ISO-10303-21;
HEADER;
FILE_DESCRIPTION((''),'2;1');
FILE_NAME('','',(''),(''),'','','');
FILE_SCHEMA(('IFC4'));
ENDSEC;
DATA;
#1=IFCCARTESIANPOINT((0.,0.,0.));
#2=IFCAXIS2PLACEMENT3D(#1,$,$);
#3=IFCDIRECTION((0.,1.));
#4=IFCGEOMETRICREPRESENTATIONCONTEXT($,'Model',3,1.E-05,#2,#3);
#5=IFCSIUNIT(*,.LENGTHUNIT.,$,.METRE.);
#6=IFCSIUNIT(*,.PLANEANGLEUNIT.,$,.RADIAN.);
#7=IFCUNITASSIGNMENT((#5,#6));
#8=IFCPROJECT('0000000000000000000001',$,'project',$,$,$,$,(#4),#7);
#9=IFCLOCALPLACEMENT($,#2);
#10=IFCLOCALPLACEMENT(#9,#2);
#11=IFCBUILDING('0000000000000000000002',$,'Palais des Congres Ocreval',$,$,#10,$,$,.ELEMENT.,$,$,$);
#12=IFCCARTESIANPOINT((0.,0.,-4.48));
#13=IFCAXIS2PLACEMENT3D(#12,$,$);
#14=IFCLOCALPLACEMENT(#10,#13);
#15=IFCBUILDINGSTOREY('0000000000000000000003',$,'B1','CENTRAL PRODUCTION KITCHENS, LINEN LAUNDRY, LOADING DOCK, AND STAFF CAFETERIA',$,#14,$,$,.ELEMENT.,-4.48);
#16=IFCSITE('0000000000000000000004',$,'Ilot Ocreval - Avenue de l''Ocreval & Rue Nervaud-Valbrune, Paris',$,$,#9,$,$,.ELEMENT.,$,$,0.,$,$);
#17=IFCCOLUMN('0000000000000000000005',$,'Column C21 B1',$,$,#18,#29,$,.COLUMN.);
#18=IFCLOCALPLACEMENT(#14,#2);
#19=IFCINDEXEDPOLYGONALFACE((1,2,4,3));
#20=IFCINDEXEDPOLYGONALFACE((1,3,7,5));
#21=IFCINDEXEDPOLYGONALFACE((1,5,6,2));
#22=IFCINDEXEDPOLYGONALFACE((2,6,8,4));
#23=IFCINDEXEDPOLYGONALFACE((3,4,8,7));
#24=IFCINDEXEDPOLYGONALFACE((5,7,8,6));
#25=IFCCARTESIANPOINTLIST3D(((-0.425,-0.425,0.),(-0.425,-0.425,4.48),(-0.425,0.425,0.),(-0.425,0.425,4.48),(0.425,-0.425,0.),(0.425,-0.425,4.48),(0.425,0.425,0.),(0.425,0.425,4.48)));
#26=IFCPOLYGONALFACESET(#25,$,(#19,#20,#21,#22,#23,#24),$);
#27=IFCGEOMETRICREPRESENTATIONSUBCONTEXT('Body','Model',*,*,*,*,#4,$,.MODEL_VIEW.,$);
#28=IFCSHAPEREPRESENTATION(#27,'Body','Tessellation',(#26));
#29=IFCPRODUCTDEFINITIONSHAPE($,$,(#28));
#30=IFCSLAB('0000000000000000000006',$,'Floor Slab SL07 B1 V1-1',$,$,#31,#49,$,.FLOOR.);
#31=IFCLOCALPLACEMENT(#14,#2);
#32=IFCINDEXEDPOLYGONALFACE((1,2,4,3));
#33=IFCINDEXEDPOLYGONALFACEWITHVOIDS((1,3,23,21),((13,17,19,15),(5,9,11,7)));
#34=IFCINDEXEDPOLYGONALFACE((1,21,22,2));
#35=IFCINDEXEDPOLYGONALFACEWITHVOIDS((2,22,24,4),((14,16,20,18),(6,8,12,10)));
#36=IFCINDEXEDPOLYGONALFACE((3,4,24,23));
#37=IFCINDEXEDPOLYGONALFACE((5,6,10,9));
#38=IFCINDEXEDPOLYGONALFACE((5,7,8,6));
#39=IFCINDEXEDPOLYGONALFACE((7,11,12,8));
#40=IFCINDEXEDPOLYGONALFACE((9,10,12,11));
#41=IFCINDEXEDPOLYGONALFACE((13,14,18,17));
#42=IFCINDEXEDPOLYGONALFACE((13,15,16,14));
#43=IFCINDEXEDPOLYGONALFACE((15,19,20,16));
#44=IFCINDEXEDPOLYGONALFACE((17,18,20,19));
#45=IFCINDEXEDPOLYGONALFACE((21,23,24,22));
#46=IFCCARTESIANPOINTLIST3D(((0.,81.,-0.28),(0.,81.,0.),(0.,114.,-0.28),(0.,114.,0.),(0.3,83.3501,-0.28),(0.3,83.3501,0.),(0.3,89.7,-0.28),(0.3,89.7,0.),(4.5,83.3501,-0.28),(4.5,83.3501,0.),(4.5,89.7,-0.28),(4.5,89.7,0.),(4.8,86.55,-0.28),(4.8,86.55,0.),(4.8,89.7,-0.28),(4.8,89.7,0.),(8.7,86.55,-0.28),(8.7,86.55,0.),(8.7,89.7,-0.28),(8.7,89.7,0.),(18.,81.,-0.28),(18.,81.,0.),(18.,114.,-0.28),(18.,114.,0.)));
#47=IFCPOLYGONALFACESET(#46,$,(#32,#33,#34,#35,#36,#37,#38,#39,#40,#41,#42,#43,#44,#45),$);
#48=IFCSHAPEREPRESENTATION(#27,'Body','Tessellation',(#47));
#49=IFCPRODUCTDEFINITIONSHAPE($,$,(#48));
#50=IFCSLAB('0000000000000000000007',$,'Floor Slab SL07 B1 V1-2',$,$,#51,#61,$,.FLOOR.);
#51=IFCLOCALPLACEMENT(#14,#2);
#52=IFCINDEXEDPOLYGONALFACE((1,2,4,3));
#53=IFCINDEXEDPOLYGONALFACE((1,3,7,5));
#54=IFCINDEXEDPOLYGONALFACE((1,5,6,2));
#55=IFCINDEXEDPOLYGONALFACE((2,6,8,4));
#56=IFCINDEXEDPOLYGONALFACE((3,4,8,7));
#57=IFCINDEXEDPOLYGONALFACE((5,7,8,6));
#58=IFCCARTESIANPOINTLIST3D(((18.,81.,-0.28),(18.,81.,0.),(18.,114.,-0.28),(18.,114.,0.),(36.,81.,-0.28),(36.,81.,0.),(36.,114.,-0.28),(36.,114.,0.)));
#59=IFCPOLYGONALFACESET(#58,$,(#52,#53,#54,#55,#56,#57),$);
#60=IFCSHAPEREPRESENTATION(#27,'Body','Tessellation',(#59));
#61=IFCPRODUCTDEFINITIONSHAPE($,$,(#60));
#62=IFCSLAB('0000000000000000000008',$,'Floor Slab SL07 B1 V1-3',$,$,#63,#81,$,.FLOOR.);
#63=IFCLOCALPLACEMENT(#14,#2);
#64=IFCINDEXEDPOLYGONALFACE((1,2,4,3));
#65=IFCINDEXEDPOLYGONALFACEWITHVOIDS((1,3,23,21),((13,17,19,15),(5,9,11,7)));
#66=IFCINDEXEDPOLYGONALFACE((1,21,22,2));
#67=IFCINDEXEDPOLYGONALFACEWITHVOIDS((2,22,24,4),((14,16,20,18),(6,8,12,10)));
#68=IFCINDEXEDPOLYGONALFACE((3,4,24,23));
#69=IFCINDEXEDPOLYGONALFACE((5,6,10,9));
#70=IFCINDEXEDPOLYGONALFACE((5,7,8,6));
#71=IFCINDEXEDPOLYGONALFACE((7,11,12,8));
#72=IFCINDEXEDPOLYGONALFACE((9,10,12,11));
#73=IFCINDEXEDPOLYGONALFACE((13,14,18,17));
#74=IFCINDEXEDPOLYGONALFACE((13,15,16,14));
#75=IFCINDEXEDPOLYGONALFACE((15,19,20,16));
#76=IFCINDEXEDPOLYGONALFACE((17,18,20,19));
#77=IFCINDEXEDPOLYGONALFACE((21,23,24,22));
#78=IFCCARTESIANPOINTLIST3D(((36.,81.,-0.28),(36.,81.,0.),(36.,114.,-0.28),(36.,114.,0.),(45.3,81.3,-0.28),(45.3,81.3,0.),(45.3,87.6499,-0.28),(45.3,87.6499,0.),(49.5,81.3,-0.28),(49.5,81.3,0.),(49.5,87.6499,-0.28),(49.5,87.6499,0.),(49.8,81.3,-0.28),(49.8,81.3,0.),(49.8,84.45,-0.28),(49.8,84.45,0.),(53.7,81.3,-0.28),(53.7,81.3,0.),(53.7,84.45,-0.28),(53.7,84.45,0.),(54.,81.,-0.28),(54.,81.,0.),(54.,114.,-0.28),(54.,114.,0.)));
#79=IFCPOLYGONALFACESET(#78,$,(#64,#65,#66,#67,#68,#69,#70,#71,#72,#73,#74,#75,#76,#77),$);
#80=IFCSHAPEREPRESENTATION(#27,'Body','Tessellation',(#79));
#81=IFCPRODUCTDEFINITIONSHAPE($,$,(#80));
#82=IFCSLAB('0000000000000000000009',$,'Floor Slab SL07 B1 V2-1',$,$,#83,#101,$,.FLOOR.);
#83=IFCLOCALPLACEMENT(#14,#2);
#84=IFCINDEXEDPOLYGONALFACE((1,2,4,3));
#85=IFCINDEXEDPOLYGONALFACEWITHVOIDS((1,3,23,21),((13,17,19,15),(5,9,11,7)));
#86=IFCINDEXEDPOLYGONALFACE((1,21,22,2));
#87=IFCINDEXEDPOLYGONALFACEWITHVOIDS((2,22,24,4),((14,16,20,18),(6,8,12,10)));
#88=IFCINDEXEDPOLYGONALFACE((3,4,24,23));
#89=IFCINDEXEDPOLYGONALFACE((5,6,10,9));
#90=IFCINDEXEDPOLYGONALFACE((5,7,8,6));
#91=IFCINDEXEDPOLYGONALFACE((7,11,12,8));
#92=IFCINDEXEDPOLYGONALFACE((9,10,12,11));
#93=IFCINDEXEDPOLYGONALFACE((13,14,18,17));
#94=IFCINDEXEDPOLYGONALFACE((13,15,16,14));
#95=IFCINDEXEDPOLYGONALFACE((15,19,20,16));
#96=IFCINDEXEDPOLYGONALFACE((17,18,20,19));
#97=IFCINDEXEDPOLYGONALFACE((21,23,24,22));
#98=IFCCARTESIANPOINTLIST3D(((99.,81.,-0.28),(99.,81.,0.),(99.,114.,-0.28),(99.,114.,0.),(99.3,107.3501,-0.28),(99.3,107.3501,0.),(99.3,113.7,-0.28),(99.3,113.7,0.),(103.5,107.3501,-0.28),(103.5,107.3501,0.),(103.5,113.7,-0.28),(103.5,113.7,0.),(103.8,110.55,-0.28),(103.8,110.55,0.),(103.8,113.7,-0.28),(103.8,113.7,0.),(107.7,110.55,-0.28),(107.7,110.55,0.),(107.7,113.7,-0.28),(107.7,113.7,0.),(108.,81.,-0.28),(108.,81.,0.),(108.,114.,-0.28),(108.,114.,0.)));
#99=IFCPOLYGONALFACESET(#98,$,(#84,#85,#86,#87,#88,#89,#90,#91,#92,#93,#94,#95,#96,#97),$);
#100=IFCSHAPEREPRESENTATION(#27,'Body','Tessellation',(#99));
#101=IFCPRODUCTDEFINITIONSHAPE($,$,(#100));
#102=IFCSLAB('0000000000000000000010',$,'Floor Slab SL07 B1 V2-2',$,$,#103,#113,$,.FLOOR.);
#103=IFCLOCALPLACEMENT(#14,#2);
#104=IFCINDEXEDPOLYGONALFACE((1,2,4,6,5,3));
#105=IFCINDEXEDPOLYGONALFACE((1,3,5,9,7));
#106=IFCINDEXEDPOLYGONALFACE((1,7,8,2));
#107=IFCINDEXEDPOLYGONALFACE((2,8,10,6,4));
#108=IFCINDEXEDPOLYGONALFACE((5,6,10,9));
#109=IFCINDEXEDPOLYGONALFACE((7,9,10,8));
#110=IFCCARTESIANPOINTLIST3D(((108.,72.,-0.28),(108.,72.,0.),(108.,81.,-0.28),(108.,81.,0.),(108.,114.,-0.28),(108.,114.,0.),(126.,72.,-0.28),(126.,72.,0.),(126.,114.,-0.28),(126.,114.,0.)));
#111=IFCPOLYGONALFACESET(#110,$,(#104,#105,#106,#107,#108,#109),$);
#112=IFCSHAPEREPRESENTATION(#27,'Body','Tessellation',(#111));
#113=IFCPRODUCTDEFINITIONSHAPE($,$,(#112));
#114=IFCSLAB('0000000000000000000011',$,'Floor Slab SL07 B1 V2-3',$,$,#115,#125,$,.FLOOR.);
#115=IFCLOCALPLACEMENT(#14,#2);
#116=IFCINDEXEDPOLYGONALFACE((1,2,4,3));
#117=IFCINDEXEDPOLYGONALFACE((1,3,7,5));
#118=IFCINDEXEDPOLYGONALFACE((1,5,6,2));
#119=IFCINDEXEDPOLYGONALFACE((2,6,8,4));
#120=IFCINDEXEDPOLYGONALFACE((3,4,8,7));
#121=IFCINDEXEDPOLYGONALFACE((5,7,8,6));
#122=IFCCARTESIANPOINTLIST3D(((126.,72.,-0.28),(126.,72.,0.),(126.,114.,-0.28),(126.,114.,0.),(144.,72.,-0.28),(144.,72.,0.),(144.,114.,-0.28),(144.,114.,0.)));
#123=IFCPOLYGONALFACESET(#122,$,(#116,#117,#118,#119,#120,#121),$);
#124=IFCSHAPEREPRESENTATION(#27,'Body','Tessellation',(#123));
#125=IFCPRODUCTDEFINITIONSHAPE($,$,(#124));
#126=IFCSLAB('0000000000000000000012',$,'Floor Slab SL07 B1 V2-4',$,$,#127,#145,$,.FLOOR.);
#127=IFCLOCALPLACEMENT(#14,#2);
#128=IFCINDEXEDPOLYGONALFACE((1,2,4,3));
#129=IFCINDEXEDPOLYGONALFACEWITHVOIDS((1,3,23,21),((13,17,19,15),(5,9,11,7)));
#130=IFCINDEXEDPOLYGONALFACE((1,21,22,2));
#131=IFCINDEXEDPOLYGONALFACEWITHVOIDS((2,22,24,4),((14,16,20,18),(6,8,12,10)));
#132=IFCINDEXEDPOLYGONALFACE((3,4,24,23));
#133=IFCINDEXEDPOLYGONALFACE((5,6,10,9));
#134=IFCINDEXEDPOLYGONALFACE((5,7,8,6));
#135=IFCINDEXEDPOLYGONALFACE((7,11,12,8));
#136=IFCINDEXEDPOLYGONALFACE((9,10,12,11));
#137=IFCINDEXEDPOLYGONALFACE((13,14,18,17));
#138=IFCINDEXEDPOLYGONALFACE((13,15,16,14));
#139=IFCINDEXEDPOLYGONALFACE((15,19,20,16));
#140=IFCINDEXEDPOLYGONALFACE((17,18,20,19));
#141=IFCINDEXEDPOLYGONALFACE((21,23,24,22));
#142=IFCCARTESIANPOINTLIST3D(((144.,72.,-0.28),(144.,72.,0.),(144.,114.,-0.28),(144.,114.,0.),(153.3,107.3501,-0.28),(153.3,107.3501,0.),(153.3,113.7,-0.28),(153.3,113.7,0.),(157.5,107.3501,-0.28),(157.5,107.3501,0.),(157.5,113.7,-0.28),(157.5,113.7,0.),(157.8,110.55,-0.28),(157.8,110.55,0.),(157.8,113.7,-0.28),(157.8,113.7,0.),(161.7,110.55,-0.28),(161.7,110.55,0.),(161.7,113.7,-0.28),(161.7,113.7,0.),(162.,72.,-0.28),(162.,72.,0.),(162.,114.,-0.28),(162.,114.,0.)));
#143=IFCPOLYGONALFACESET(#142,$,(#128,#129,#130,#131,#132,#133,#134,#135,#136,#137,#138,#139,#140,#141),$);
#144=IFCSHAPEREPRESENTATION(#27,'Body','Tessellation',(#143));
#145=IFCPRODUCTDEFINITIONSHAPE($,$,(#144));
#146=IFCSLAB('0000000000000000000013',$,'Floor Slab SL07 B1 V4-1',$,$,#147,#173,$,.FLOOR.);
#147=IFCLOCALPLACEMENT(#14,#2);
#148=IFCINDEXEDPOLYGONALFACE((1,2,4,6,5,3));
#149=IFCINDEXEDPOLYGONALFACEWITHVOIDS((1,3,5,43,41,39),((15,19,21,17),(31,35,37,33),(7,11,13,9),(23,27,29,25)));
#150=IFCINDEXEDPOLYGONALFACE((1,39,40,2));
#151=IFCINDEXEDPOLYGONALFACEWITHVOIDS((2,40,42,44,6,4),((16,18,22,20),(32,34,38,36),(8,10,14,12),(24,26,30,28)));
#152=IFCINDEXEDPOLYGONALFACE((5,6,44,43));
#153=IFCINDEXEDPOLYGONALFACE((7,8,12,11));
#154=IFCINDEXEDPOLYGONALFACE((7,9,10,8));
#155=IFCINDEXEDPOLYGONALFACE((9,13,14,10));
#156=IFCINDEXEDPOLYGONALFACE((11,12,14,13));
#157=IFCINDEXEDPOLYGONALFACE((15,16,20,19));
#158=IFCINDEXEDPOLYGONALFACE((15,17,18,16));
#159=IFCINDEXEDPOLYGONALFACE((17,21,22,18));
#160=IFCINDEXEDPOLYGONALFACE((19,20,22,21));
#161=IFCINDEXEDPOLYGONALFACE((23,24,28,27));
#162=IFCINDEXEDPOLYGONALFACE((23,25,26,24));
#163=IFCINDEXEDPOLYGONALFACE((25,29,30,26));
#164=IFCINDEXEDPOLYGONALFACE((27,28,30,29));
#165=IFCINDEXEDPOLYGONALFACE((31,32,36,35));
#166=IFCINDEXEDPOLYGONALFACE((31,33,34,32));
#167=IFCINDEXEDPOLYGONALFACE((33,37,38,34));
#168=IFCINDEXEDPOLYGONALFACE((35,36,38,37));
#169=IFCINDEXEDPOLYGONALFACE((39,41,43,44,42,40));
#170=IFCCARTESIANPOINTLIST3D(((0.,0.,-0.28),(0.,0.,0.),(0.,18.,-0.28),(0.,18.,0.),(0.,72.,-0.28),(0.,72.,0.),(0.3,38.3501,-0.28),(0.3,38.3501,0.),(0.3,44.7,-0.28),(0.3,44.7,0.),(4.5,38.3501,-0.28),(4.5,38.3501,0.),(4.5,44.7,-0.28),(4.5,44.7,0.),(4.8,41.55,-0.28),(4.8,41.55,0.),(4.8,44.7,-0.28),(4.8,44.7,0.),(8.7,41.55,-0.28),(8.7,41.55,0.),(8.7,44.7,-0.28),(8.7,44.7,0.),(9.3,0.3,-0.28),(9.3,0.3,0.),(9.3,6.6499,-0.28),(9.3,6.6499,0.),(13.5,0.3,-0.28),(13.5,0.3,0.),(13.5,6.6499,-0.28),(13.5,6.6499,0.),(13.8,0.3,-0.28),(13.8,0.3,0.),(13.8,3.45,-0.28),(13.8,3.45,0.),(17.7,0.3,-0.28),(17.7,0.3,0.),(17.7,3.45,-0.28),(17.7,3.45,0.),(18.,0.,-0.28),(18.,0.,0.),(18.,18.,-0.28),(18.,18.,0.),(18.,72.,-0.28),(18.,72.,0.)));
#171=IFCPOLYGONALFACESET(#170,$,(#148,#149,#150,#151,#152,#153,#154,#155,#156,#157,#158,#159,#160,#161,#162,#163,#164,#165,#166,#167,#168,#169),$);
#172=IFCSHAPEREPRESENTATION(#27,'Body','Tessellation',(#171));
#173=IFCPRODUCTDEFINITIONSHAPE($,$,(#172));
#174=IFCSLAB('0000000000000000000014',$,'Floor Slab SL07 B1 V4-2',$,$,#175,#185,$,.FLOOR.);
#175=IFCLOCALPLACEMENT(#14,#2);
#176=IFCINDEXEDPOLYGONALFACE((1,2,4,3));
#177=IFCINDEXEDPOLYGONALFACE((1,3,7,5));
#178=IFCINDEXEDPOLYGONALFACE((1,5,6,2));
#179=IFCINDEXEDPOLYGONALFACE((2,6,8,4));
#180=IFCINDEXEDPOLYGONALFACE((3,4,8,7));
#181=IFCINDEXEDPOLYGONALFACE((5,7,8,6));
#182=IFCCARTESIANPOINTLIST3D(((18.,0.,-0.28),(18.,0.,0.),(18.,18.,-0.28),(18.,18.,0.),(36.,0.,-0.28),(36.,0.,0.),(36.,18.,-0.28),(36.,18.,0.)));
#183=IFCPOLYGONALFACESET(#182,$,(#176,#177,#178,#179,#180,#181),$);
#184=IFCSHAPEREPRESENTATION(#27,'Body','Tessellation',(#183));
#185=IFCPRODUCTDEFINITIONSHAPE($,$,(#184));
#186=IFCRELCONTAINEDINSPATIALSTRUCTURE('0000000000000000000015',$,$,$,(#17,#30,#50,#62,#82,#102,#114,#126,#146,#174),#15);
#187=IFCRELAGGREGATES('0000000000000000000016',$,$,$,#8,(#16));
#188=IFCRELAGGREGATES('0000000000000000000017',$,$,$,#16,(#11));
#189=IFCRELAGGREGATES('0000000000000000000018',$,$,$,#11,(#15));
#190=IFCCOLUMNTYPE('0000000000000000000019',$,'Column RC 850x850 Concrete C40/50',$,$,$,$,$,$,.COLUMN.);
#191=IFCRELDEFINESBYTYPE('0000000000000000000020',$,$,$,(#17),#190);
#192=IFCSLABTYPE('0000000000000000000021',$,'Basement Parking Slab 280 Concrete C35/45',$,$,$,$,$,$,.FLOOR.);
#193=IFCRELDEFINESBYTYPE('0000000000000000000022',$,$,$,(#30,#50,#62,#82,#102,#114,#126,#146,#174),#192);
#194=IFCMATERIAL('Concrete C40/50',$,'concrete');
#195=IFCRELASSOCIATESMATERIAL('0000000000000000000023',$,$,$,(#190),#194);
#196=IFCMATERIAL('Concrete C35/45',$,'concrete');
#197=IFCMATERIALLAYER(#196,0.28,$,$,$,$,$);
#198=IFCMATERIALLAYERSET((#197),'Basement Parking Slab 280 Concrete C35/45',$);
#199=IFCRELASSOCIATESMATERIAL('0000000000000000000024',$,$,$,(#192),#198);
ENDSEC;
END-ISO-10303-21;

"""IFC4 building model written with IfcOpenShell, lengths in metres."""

from ifc_helpers import new_model, si_unit, direction, frame, origin, origin_with_axes, origin_2d, place, context, subcontext, project, spatial, polyline, rectangle, outline, extrude, material, layer, layer_set, material_profile, profile_set, type_object, element, save


model = new_model("IFC4")

# Units and contexts
model_context = context("Model", 3, precision=1e-05, world=origin(), true_north=direction((0.0, 1.0)))
body_context = subcontext(model_context, "Body", "Model", "MODEL_VIEW")
ifc_project = project(units=[si_unit("LENGTHUNIT", "METRE"), si_unit("PLANEANGLEUNIT", "RADIAN")], contexts=[model_context])

# Site, building, storey
site_placement = place(None, origin())
site = spatial("IfcSite", under=ifc_project, at=site_placement, Name="Ilot Ocreval - Avenue de l'Ocreval & Rue Nervaud-Valbrune, Paris", CompositionType="ELEMENT", RefElevation=0.0)
building_placement = place(site_placement, origin())
building = spatial("IfcBuilding", under=site, at=building_placement, Name="Palais des Congres Ocreval", CompositionType="ELEMENT")
storey_placement = place(building_placement, frame((0.0, 0.0, -4.48)))
storey = spatial("IfcBuildingStorey", under=building, at=storey_placement, Name="B1", Description="CENTRAL PRODUCTION KITCHENS, LINEN LAUNDRY, LOADING DOCK, AND STAFF CAFETERIA", CompositionType="ELEMENT", Elevation=-4.48)

# Column
ifc_material_1 = material(Name="Concrete C40/50", Category="concrete")
ifc_material_profile = material_profile(ifc_material_1, rectangle(XDim=0.8501, YDim=0.8501, at=origin_2d()), Name="RC 850x850")
ifc_profile_set = profile_set([ifc_material_profile], Name="Concrete C40/50")
column_type = type_object("IfcColumnType", Name="Column RC 850x850 Concrete C40/50", PredefinedType="COLUMN", material=ifc_profile_set)
column_placement = place(storey_placement, origin_with_axes())
element("IfcColumn", 1, at=column_placement, inside=storey, type_object=column_type, Name="Column C21 B1", PredefinedType="COLUMN", context=body_context, shape_type="SweptSolid", body=[
    extrude(rectangle(XDim=0.8501, YDim=0.8501, at=origin_2d()), origin(), (0.0, 0.0, 1.0), 4.48),
])

# Slabs
ifc_material_2 = material(Name="Concrete C35/45", Category="concrete")
ifc_layer_1 = layer(ifc_material_2, 0.28)
ifc_layer_set_1 = layer_set([ifc_layer_1], Name="Basement Parking Slab 280 Concrete C35/45")
slab_type_1 = type_object("IfcSlabType", Name="Basement Parking Slab 280 Concrete C35/45", PredefinedType="FLOOR", material=ifc_layer_set_1)
slab_1_placement = place(storey_placement, frame((0.0, 0.0, -0.28)))
element("IfcSlab", 2, at=slab_1_placement, inside=storey, type_object=slab_type_1, Name="Floor Slab SL07 B1 V1-1", PredefinedType="FLOOR", context=body_context, shape_type="SweptSolid", body=[
    extrude(outline(polyline([(0.0, 114.0), (18.0, 114.0), (18.0, 81.0), (0.0, 81.0), (0.0, 114.0)]), holes=[polyline([(4.5, 89.7), (0.3, 89.7), (0.3, 83.3501), (4.5, 83.3501), (4.5, 89.7)]), polyline([(4.8, 89.7), (4.8, 86.55), (8.7, 86.55), (8.7, 89.7), (4.8, 89.7)])]), origin(), (0.0, 0.0, 1.0), 0.28),
])
slab_2_placement = place(storey_placement, frame((0.0, 0.0, -0.28)))
element("IfcSlab", 3, at=slab_2_placement, inside=storey, type_object=slab_type_1, Name="Floor Slab SL07 B1 V1-2", PredefinedType="FLOOR", context=body_context, shape_type="SweptSolid", body=[
    extrude(outline(polyline([(36.0, 114.0), (36.0, 81.0), (18.0, 81.0), (18.0, 114.0), (36.0, 114.0)])), origin(), (0.0, 0.0, 1.0), 0.28),
])
slab_3_placement = place(storey_placement, frame((0.0, 0.0, -0.28)))
element("IfcSlab", 4, at=slab_3_placement, inside=storey, type_object=slab_type_1, Name="Floor Slab SL07 B1 V1-3", PredefinedType="FLOOR", context=body_context, shape_type="SweptSolid", body=[
    extrude(outline(polyline([(54.0, 114.0), (54.0, 81.0), (36.0, 81.0), (36.0, 114.0), (54.0, 114.0)]), holes=[polyline([(49.8, 84.45), (49.8, 81.3), (53.7, 81.3), (53.7, 84.45), (49.8, 84.45)]), polyline([(49.5, 87.6499), (45.3, 87.6499), (45.3, 81.3), (49.5, 81.3), (49.5, 87.6499)])]), origin(), (0.0, 0.0, 1.0), 0.28),
])
slab_4_placement = place(storey_placement, frame((0.0, 0.0, -0.28)))
element("IfcSlab", 5, at=slab_4_placement, inside=storey, type_object=slab_type_1, Name="Floor Slab SL07 B1 V2-1", PredefinedType="FLOOR", context=body_context, shape_type="SweptSolid", body=[
    extrude(outline(polyline([(99.0, 81.0), (99.0, 114.0), (108.0, 114.0), (108.0, 81.0), (99.0, 81.0)]), holes=[polyline([(103.5, 113.7), (99.3, 113.7), (99.3, 107.3501), (103.5, 107.3501), (103.5, 113.7)]), polyline([(107.7, 113.7), (103.8, 113.7), (103.8, 110.55), (107.7, 110.55), (107.7, 113.7)])]), origin(), (0.0, 0.0, 1.0), 0.28),
])
slab_5_placement = place(storey_placement, frame((0.0, 0.0, -0.28)))
element("IfcSlab", 6, at=slab_5_placement, inside=storey, type_object=slab_type_1, Name="Floor Slab SL07 B1 V2-2", PredefinedType="FLOOR", context=body_context, shape_type="SweptSolid", body=[
    extrude(outline(polyline([(108.0, 72.0), (108.0, 81.0), (108.0, 114.0), (126.0, 114.0), (126.0, 72.0), (108.0, 72.0)])), origin(), (0.0, 0.0, 1.0), 0.28),
])
slab_6_placement = place(storey_placement, frame((0.0, 0.0, -0.28)))
element("IfcSlab", 7, at=slab_6_placement, inside=storey, type_object=slab_type_1, Name="Floor Slab SL07 B1 V2-3", PredefinedType="FLOOR", context=body_context, shape_type="SweptSolid", body=[
    extrude(outline(polyline([(126.0, 72.0), (126.0, 114.0), (144.0, 114.0), (144.0, 72.0), (126.0, 72.0)])), origin(), (0.0, 0.0, 1.0), 0.28),
])
slab_7_placement = place(storey_placement, frame((0.0, 0.0, -0.28)))
element("IfcSlab", 8, at=slab_7_placement, inside=storey, type_object=slab_type_1, Name="Floor Slab SL07 B1 V2-4", PredefinedType="FLOOR", context=body_context, shape_type="SweptSolid", body=[
    extrude(outline(polyline([(144.0, 72.0), (144.0, 114.0), (162.0, 114.0), (162.0, 72.0), (144.0, 72.0)]), holes=[polyline([(153.3, 113.7), (153.3, 107.3501), (157.5, 107.3501), (157.5, 113.7), (153.3, 113.7)]), polyline([(161.7, 113.7), (157.8, 113.7), (157.8, 110.55), (161.7, 110.55), (161.7, 113.7)])]), origin(), (0.0, 0.0, 1.0), 0.28),
])
slab_8_placement = place(storey_placement, frame((0.0, 0.0, -0.28)))
element("IfcSlab", 9, at=slab_8_placement, inside=storey, type_object=slab_type_1, Name="Floor Slab SL07 B1 V4-1", PredefinedType="FLOOR", context=body_context, shape_type="SweptSolid", body=[
    extrude(outline(polyline([(0.0, 0.0), (0.0, 18.0), (0.0, 72.0), (18.0, 72.0), (18.0, 18.0), (18.0, 0.0), (0.0, 0.0)]), holes=[polyline([(13.8, 3.45), (13.8, 0.3), (17.7, 0.3), (17.7, 3.45), (13.8, 3.45)]), polyline([(9.3, 6.6499), (9.3, 0.3), (13.5, 0.3), (13.5, 6.6499), (9.3, 6.6499)]), polyline([(0.3, 44.7), (0.3, 38.3501), (4.5, 38.3501), (4.5, 44.7), (0.3, 44.7)]), polyline([(4.8, 44.7), (4.8, 41.55), (8.7, 41.55), (8.7, 44.7), (4.8, 44.7)])]), origin(), (0.0, 0.0, 1.0), 0.28),
])
slab_9_placement = place(storey_placement, frame((0.0, 0.0, -0.28)))
element("IfcSlab", 10, at=slab_9_placement, inside=storey, type_object=slab_type_1, Name="Floor Slab SL07 B1 V4-2", PredefinedType="FLOOR", context=body_context, shape_type="SweptSolid", body=[
    extrude(outline(polyline([(18.0, 0.0), (18.0, 18.0), (36.0, 18.0), (36.0, 0.0), (18.0, 0.0)])), origin(), (0.0, 0.0, 1.0), 0.28),
])

save(model, "model.ifc")
